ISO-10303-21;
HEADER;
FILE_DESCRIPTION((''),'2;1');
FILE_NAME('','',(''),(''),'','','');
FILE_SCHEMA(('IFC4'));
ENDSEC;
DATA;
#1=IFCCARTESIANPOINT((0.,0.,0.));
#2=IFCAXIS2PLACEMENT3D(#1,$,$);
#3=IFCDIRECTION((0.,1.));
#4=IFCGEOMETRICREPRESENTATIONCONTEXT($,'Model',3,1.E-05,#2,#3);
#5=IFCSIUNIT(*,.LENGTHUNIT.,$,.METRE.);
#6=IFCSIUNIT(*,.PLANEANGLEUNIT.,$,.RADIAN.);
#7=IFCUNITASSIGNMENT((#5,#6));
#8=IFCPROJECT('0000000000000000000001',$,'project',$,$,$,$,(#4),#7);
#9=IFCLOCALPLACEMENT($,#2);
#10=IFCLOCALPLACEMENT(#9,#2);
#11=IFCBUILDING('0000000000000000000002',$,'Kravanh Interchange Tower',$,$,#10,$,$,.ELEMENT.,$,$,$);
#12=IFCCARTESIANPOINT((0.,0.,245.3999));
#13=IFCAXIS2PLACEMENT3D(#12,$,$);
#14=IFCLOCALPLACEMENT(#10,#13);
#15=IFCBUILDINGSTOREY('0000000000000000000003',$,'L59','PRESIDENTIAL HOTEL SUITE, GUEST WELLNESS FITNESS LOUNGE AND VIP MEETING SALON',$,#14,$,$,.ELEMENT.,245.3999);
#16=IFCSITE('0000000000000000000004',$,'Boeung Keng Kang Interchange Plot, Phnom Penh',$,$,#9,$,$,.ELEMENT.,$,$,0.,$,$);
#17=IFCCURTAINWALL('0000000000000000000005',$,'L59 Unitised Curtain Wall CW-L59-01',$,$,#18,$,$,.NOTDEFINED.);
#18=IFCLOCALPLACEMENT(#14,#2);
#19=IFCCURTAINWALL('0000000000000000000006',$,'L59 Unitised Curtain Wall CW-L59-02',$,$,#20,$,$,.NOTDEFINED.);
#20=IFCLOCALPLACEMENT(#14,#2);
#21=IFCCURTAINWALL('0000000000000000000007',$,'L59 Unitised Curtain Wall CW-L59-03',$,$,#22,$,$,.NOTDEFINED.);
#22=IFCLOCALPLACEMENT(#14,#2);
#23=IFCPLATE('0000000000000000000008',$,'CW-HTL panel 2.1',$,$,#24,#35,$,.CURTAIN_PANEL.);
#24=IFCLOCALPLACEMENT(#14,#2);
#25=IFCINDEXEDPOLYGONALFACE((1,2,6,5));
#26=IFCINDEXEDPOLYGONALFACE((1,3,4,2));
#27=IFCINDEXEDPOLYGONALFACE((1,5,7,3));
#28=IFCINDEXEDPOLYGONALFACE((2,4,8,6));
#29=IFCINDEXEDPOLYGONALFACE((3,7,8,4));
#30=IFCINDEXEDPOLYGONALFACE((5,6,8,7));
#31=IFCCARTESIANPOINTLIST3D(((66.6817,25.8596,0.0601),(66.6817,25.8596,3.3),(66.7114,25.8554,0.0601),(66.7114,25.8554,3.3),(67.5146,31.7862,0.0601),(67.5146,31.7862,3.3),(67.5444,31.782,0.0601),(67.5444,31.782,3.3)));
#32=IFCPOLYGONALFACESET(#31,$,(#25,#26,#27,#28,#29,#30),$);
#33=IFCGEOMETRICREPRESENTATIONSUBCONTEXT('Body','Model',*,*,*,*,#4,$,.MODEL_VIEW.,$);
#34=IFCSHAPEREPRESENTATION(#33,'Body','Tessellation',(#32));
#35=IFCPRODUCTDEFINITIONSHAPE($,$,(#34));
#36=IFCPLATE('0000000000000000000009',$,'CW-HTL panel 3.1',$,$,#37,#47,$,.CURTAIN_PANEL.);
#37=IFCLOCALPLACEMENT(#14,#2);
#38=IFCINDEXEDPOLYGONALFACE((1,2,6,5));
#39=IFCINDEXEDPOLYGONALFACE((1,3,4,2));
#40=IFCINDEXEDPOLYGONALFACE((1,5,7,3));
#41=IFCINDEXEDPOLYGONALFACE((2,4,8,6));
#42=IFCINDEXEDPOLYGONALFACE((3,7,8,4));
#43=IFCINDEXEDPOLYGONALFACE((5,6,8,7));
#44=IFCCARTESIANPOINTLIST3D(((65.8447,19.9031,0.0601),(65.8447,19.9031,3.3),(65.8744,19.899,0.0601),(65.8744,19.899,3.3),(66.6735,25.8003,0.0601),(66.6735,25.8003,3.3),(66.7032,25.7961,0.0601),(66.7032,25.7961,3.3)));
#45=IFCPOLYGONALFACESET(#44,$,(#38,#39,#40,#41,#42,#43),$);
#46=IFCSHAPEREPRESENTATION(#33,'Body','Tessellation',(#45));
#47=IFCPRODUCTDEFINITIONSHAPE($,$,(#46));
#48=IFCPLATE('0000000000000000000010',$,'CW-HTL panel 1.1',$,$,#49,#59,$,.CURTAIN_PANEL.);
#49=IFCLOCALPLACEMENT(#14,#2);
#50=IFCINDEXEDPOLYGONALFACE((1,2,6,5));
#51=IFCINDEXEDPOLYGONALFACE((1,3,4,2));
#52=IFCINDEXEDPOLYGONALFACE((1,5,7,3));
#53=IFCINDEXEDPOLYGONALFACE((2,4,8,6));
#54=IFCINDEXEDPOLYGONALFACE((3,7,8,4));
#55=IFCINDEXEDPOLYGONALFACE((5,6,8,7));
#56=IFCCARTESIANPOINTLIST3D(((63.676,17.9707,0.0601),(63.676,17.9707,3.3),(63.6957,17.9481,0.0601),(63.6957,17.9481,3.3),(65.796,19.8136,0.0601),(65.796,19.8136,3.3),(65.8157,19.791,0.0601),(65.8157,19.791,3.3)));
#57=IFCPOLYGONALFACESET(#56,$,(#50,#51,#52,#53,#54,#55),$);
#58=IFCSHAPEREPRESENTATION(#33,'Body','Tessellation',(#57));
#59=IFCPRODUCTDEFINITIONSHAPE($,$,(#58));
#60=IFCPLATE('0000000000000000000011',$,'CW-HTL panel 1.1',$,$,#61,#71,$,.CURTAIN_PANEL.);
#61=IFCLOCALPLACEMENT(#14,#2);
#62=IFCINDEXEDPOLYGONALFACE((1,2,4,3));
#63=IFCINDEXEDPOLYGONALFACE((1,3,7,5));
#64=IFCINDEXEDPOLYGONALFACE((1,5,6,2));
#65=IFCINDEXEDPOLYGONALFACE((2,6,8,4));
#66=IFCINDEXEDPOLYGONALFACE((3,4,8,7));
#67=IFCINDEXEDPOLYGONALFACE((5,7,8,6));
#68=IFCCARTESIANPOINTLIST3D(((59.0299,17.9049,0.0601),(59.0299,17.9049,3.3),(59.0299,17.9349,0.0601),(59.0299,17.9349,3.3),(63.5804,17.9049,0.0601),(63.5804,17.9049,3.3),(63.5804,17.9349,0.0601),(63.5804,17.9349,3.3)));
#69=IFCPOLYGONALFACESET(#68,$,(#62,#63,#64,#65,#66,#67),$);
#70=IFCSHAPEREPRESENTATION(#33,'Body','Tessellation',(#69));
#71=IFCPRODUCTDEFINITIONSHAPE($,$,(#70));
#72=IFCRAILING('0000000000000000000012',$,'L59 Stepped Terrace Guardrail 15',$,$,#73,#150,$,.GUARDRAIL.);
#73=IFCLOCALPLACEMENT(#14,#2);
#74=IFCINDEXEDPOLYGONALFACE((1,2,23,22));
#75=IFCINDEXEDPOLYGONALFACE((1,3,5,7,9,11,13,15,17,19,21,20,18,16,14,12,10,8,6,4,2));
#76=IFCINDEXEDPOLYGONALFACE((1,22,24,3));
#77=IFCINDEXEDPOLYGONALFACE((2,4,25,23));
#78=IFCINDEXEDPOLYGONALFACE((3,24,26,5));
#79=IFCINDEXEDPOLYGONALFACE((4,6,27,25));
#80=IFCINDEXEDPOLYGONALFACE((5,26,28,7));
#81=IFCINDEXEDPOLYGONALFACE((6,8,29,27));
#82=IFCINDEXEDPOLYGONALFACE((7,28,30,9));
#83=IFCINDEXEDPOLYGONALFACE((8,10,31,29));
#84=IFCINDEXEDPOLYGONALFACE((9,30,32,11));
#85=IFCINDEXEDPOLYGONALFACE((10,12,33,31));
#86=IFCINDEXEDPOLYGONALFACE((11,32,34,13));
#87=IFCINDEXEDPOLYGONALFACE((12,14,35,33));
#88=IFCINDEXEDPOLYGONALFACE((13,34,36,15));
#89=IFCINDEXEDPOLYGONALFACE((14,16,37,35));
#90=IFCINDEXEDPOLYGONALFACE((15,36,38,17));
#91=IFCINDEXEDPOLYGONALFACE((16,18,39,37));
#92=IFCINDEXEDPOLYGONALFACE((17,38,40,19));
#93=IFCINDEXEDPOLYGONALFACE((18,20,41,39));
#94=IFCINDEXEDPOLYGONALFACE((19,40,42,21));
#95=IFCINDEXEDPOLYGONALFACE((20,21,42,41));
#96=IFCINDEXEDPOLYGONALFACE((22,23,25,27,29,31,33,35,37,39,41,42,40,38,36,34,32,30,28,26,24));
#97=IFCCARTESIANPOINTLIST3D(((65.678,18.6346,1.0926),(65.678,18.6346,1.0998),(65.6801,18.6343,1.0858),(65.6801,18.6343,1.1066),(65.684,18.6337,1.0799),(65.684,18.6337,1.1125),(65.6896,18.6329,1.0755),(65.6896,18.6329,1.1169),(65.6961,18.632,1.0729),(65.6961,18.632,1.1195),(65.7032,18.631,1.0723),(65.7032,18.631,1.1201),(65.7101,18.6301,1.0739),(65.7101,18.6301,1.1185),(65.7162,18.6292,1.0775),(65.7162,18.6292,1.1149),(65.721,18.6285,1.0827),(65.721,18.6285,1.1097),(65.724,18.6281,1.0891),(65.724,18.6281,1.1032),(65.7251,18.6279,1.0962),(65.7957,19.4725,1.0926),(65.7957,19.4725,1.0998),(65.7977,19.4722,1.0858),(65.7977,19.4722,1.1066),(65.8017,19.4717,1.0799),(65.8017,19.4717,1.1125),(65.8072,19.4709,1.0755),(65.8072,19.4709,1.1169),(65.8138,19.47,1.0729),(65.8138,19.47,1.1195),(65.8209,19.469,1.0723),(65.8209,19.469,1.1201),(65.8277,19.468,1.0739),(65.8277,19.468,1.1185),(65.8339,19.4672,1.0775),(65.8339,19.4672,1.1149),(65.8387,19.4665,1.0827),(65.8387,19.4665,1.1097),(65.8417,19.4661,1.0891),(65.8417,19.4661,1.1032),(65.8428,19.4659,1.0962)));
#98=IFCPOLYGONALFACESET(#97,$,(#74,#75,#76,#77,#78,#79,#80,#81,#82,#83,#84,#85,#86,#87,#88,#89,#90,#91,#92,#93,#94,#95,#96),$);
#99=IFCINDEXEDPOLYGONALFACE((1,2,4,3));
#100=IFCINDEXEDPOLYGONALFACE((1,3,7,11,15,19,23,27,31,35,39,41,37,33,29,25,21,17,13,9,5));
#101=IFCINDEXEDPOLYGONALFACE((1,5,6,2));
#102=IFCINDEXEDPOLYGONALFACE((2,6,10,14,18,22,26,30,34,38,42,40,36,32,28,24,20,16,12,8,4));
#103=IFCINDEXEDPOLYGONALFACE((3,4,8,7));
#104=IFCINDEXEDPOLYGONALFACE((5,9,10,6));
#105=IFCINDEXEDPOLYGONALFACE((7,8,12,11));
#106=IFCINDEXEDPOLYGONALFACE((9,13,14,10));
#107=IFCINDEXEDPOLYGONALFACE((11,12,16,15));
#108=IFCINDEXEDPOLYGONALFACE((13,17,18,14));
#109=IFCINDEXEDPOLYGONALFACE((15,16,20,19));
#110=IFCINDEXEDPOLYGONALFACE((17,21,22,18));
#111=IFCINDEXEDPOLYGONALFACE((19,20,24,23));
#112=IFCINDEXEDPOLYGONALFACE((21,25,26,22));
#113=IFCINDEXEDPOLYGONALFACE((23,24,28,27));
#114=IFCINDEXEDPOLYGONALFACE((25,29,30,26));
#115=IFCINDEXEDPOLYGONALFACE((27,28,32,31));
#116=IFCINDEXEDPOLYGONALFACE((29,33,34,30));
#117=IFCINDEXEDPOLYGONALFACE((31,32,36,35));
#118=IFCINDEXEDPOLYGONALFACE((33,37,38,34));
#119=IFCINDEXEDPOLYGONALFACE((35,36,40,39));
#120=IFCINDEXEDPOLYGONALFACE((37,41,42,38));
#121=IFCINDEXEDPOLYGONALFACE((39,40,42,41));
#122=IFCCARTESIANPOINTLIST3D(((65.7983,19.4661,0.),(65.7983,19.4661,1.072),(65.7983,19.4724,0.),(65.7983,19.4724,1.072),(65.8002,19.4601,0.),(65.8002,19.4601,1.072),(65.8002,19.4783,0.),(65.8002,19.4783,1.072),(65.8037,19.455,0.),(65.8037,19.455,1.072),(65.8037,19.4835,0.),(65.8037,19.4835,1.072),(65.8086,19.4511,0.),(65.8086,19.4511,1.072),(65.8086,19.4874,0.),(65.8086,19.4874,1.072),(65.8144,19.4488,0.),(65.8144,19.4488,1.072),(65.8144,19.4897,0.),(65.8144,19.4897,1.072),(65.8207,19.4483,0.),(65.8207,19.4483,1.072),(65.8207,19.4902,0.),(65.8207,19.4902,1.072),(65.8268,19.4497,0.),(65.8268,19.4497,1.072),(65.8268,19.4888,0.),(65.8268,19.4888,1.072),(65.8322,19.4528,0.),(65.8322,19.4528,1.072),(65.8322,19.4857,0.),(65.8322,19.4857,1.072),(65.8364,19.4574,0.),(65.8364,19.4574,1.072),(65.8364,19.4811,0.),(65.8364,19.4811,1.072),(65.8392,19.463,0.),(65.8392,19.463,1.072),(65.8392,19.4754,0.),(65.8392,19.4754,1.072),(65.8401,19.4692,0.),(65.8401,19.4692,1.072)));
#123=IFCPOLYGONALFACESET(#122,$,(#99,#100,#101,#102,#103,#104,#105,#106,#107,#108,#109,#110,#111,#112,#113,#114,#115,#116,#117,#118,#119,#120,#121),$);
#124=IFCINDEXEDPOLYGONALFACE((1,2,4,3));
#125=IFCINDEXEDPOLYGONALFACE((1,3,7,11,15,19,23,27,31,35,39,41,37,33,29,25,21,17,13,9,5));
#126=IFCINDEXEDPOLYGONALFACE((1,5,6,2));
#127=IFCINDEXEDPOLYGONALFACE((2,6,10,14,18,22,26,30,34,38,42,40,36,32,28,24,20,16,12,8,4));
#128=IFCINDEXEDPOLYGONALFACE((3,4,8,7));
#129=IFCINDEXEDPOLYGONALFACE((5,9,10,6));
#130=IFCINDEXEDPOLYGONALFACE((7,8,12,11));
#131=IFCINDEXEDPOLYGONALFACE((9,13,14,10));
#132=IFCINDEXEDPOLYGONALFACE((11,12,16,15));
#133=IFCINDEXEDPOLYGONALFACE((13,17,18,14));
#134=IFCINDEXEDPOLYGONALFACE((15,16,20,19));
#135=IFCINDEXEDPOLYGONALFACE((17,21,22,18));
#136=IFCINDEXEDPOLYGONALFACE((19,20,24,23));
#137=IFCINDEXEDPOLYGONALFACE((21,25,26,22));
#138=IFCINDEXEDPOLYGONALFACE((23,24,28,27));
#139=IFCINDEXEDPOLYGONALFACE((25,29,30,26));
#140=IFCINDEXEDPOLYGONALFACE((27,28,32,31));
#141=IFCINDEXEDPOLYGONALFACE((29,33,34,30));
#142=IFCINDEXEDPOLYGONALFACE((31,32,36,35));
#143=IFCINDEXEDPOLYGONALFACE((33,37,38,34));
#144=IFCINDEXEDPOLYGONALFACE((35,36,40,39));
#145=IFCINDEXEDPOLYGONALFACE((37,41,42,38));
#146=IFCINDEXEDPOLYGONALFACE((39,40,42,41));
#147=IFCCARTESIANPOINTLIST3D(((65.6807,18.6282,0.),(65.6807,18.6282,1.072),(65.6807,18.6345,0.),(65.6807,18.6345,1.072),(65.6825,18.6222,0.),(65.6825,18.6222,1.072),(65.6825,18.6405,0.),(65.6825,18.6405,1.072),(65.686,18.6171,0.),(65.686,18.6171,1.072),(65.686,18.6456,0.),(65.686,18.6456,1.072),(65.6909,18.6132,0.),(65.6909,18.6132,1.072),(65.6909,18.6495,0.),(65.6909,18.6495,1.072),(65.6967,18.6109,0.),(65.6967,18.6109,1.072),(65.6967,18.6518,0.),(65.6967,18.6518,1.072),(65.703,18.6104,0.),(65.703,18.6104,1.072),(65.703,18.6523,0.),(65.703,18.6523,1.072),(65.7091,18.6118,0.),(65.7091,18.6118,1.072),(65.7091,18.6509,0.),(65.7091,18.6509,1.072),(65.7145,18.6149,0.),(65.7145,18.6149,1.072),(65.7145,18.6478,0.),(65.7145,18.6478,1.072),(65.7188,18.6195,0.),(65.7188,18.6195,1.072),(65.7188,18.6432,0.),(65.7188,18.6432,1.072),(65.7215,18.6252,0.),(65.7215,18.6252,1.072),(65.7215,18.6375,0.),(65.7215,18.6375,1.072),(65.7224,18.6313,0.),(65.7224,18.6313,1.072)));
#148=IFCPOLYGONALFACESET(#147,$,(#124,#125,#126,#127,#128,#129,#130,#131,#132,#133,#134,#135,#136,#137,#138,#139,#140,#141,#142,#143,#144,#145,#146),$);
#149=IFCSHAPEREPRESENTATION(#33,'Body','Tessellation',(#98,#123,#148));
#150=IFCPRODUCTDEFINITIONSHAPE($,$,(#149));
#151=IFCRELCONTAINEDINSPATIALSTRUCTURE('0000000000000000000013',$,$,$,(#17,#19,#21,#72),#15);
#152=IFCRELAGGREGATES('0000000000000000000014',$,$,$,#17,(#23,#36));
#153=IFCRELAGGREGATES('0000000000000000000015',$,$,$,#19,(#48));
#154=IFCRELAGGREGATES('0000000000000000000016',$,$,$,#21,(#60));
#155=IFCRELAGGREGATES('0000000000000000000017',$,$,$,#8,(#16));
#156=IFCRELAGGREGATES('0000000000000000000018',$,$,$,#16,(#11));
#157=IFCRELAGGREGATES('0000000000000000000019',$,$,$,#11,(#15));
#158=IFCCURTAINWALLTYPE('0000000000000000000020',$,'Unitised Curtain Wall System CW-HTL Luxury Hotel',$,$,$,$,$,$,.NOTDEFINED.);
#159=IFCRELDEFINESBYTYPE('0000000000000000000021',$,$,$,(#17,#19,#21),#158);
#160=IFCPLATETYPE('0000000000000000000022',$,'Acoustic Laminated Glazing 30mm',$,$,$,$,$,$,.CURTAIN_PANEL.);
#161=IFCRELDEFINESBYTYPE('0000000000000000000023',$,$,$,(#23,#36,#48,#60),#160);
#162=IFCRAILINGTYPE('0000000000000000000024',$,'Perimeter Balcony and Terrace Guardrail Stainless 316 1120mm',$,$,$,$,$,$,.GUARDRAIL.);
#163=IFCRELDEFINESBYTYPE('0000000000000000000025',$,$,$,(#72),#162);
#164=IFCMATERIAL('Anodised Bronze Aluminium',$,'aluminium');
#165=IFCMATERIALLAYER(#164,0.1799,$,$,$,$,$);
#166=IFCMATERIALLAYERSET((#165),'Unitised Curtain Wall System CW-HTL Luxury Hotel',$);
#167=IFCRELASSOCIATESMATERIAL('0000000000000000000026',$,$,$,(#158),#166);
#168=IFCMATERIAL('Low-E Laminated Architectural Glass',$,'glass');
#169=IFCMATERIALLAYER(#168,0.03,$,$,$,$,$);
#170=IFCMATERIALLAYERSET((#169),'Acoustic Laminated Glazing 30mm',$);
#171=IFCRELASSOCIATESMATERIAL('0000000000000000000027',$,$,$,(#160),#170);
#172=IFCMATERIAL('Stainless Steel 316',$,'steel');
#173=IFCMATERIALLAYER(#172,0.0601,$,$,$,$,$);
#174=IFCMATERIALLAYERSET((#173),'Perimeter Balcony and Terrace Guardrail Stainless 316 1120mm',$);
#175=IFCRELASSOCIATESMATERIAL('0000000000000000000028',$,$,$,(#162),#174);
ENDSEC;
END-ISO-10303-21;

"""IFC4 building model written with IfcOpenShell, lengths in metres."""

from ifc_helpers import new_model, si_unit, direction, frame, origin, origin_2d, place, context, subcontext, project, spatial, rectangle, circle, extrude, material, layer, layer_set, type_object, element, aggregate, save


model = new_model("IFC4")

# Units and contexts
model_context = context("Model", 3, precision=1e-05, world=origin(), true_north=direction((0.0, 1.0)))
body_context = subcontext(model_context, "Body", "Model", "MODEL_VIEW")
ifc_project = project(units=[si_unit("LENGTHUNIT", "METRE"), si_unit("PLANEANGLEUNIT", "RADIAN")], contexts=[model_context])

# Site, building, storey
site_placement = place(None, origin())
site = spatial("IfcSite", under=ifc_project, at=site_placement, Name="Boeung Keng Kang Interchange Plot, Phnom Penh", CompositionType="ELEMENT", RefElevation=0.0)
building_placement = place(site_placement, origin())
building = spatial("IfcBuilding", under=site, at=building_placement, Name="Kravanh Interchange Tower", CompositionType="ELEMENT")
storey_placement = place(building_placement, frame((0.0, 0.0, 245.3999)))
storey = spatial("IfcBuildingStorey", under=building, at=storey_placement, Name="L59", Description="PRESIDENTIAL HOTEL SUITE, GUEST WELLNESS FITNESS LOUNGE AND VIP MEETING SALON", CompositionType="ELEMENT", Elevation=245.3999)

# Curtain walls
ifc_material_1 = material(Name="Anodised Bronze Aluminium", Category="aluminium")
ifc_layer_1 = layer(ifc_material_1, 0.1799)
ifc_layer_set_1 = layer_set([ifc_layer_1], Name="Unitised Curtain Wall System CW-HTL Luxury Hotel")
curtain_wall_type = type_object("IfcCurtainWallType", Name="Unitised Curtain Wall System CW-HTL Luxury Hotel", PredefinedType="NOTDEFINED", material=ifc_layer_set_1)
curtain_wall_1_placement = place(storey_placement, origin())
curtain_wall_1 = element("IfcCurtainWall", 1, at=curtain_wall_1_placement, inside=storey, type_object=curtain_wall_type, Name="L59 Unitised Curtain Wall CW-L59-01", PredefinedType="NOTDEFINED")
curtain_wall_2_placement = place(storey_placement, origin())
curtain_wall_2 = element("IfcCurtainWall", 2, at=curtain_wall_2_placement, inside=storey, type_object=curtain_wall_type, Name="L59 Unitised Curtain Wall CW-L59-02", PredefinedType="NOTDEFINED")
curtain_wall_3_placement = place(storey_placement, origin())
curtain_wall_3 = element("IfcCurtainWall", 3, at=curtain_wall_3_placement, inside=storey, type_object=curtain_wall_type, Name="L59 Unitised Curtain Wall CW-L59-03", PredefinedType="NOTDEFINED")

# Plates
ifc_material_2 = material(Name="Low-E Laminated Architectural Glass", Category="glass")
ifc_layer_2 = layer(ifc_material_2, 0.03)
ifc_layer_set_2 = layer_set([ifc_layer_2], Name="Acoustic Laminated Glazing 30mm")
plate_type = type_object("IfcPlateType", Name="Acoustic Laminated Glazing 30mm", PredefinedType="CURTAIN_PANEL", material=ifc_layer_set_2)
plate_1_placement = place(storey_placement, frame((67.113, 28.8208, 0.0601), z_axis=(0.0, 0.0, 1.0), x_axis=(-0.139174, -0.990268, 0.0)))
plate_1 = element("IfcPlate", 4, at=plate_1_placement, type_object=plate_type, Name="CW-HTL panel 2.1", PredefinedType="CURTAIN_PANEL", context=body_context, shape_type="SweptSolid", body=[
    extrude(rectangle(XDim=5.9849, YDim=0.03, at=origin_2d()), origin(), (0.0, 0.0, 1.0), 3.24),
])
plate_2_placement = place(storey_placement, frame((66.2739, 22.8496, 0.0601), z_axis=(0.0, 0.0, 1.0), x_axis=(-0.139174, -0.990268, 0.0)))
plate_2 = element("IfcPlate", 5, at=plate_2_placement, type_object=plate_type, Name="CW-HTL panel 3.1", PredefinedType="CURTAIN_PANEL", context=body_context, shape_type="SweptSolid", body=[
    extrude(rectangle(XDim=5.9551, YDim=0.03, at=origin_2d()), origin(), (0.0, 0.0, 1.0), 3.24),
])
aggregate(curtain_wall_1, [plate_1, plate_2])
plate_3_placement = place(storey_placement, frame((64.7458, 18.8809, 0.0601), z_axis=(0.0, 0.0, 1.0), x_axis=(-0.754717, -0.65605, 0.0)))
plate_3 = element("IfcPlate", 6, at=plate_3_placement, type_object=plate_type, Name="CW-HTL panel 1.1", PredefinedType="CURTAIN_PANEL", context=body_context, shape_type="SweptSolid", body=[
    extrude(rectangle(XDim=2.8091, YDim=0.03, at=origin_2d()), origin(), (0.0, 0.0, 1.0), 3.24),
])
aggregate(curtain_wall_2, [plate_3])
plate_4_placement = place(storey_placement, frame((61.3052, 17.9199, 0.0601), z_axis=(0.0, 0.0, 1.0), x_axis=(-1.0, 0.0, 0.0)))
plate_4 = element("IfcPlate", 7, at=plate_4_placement, type_object=plate_type, Name="CW-HTL panel 1.1", PredefinedType="CURTAIN_PANEL", context=body_context, shape_type="SweptSolid", body=[
    extrude(rectangle(XDim=4.5505, YDim=0.03, at=origin_2d()), origin(), (0.0, 0.0, 1.0), 3.24),
])
aggregate(curtain_wall_3, [plate_4])

# Railing
ifc_material_3 = material(Name="Stainless Steel 316", Category="steel")
ifc_layer_3 = layer(ifc_material_3, 0.0601)
ifc_layer_set_3 = layer_set([ifc_layer_3], Name="Perimeter Balcony and Terrace Guardrail Stainless 316 1120mm")
railing_type = type_object("IfcRailingType", Name="Perimeter Balcony and Terrace Guardrail Stainless 316 1120mm", PredefinedType="GUARDRAIL", material=ifc_layer_set_3)
railing_1_placement = place(storey_placement, frame((65.8191, 19.4692, 0.0)))
element("IfcRailing", 8, at=railing_1_placement, inside=storey, type_object=railing_type, Name="L59 Stepped Terrace Guardrail 15", PredefinedType="GUARDRAIL", context=body_context, shape_type="SweptSolid", body=[
    extrude(circle(Radius=0.0239, at=origin_2d()), frame((0.0, 0.0, 1.0962), z_axis=(-0.139078, -0.990281, 0.0), x_axis=(0.990281, -0.139078, 0.0)), (0.0, 0.0, 1.0), 0.8462),
    extrude(circle(Radius=0.021, at=origin_2d()), origin(), (0.0, 0.0, 1.0), 1.072),
    extrude(circle(Radius=0.021, at=origin_2d()), frame((-0.1177, -0.8379, 0.0)), (0.0, 0.0, 1.0), 1.072),
])

save(model, "model.ifc")
